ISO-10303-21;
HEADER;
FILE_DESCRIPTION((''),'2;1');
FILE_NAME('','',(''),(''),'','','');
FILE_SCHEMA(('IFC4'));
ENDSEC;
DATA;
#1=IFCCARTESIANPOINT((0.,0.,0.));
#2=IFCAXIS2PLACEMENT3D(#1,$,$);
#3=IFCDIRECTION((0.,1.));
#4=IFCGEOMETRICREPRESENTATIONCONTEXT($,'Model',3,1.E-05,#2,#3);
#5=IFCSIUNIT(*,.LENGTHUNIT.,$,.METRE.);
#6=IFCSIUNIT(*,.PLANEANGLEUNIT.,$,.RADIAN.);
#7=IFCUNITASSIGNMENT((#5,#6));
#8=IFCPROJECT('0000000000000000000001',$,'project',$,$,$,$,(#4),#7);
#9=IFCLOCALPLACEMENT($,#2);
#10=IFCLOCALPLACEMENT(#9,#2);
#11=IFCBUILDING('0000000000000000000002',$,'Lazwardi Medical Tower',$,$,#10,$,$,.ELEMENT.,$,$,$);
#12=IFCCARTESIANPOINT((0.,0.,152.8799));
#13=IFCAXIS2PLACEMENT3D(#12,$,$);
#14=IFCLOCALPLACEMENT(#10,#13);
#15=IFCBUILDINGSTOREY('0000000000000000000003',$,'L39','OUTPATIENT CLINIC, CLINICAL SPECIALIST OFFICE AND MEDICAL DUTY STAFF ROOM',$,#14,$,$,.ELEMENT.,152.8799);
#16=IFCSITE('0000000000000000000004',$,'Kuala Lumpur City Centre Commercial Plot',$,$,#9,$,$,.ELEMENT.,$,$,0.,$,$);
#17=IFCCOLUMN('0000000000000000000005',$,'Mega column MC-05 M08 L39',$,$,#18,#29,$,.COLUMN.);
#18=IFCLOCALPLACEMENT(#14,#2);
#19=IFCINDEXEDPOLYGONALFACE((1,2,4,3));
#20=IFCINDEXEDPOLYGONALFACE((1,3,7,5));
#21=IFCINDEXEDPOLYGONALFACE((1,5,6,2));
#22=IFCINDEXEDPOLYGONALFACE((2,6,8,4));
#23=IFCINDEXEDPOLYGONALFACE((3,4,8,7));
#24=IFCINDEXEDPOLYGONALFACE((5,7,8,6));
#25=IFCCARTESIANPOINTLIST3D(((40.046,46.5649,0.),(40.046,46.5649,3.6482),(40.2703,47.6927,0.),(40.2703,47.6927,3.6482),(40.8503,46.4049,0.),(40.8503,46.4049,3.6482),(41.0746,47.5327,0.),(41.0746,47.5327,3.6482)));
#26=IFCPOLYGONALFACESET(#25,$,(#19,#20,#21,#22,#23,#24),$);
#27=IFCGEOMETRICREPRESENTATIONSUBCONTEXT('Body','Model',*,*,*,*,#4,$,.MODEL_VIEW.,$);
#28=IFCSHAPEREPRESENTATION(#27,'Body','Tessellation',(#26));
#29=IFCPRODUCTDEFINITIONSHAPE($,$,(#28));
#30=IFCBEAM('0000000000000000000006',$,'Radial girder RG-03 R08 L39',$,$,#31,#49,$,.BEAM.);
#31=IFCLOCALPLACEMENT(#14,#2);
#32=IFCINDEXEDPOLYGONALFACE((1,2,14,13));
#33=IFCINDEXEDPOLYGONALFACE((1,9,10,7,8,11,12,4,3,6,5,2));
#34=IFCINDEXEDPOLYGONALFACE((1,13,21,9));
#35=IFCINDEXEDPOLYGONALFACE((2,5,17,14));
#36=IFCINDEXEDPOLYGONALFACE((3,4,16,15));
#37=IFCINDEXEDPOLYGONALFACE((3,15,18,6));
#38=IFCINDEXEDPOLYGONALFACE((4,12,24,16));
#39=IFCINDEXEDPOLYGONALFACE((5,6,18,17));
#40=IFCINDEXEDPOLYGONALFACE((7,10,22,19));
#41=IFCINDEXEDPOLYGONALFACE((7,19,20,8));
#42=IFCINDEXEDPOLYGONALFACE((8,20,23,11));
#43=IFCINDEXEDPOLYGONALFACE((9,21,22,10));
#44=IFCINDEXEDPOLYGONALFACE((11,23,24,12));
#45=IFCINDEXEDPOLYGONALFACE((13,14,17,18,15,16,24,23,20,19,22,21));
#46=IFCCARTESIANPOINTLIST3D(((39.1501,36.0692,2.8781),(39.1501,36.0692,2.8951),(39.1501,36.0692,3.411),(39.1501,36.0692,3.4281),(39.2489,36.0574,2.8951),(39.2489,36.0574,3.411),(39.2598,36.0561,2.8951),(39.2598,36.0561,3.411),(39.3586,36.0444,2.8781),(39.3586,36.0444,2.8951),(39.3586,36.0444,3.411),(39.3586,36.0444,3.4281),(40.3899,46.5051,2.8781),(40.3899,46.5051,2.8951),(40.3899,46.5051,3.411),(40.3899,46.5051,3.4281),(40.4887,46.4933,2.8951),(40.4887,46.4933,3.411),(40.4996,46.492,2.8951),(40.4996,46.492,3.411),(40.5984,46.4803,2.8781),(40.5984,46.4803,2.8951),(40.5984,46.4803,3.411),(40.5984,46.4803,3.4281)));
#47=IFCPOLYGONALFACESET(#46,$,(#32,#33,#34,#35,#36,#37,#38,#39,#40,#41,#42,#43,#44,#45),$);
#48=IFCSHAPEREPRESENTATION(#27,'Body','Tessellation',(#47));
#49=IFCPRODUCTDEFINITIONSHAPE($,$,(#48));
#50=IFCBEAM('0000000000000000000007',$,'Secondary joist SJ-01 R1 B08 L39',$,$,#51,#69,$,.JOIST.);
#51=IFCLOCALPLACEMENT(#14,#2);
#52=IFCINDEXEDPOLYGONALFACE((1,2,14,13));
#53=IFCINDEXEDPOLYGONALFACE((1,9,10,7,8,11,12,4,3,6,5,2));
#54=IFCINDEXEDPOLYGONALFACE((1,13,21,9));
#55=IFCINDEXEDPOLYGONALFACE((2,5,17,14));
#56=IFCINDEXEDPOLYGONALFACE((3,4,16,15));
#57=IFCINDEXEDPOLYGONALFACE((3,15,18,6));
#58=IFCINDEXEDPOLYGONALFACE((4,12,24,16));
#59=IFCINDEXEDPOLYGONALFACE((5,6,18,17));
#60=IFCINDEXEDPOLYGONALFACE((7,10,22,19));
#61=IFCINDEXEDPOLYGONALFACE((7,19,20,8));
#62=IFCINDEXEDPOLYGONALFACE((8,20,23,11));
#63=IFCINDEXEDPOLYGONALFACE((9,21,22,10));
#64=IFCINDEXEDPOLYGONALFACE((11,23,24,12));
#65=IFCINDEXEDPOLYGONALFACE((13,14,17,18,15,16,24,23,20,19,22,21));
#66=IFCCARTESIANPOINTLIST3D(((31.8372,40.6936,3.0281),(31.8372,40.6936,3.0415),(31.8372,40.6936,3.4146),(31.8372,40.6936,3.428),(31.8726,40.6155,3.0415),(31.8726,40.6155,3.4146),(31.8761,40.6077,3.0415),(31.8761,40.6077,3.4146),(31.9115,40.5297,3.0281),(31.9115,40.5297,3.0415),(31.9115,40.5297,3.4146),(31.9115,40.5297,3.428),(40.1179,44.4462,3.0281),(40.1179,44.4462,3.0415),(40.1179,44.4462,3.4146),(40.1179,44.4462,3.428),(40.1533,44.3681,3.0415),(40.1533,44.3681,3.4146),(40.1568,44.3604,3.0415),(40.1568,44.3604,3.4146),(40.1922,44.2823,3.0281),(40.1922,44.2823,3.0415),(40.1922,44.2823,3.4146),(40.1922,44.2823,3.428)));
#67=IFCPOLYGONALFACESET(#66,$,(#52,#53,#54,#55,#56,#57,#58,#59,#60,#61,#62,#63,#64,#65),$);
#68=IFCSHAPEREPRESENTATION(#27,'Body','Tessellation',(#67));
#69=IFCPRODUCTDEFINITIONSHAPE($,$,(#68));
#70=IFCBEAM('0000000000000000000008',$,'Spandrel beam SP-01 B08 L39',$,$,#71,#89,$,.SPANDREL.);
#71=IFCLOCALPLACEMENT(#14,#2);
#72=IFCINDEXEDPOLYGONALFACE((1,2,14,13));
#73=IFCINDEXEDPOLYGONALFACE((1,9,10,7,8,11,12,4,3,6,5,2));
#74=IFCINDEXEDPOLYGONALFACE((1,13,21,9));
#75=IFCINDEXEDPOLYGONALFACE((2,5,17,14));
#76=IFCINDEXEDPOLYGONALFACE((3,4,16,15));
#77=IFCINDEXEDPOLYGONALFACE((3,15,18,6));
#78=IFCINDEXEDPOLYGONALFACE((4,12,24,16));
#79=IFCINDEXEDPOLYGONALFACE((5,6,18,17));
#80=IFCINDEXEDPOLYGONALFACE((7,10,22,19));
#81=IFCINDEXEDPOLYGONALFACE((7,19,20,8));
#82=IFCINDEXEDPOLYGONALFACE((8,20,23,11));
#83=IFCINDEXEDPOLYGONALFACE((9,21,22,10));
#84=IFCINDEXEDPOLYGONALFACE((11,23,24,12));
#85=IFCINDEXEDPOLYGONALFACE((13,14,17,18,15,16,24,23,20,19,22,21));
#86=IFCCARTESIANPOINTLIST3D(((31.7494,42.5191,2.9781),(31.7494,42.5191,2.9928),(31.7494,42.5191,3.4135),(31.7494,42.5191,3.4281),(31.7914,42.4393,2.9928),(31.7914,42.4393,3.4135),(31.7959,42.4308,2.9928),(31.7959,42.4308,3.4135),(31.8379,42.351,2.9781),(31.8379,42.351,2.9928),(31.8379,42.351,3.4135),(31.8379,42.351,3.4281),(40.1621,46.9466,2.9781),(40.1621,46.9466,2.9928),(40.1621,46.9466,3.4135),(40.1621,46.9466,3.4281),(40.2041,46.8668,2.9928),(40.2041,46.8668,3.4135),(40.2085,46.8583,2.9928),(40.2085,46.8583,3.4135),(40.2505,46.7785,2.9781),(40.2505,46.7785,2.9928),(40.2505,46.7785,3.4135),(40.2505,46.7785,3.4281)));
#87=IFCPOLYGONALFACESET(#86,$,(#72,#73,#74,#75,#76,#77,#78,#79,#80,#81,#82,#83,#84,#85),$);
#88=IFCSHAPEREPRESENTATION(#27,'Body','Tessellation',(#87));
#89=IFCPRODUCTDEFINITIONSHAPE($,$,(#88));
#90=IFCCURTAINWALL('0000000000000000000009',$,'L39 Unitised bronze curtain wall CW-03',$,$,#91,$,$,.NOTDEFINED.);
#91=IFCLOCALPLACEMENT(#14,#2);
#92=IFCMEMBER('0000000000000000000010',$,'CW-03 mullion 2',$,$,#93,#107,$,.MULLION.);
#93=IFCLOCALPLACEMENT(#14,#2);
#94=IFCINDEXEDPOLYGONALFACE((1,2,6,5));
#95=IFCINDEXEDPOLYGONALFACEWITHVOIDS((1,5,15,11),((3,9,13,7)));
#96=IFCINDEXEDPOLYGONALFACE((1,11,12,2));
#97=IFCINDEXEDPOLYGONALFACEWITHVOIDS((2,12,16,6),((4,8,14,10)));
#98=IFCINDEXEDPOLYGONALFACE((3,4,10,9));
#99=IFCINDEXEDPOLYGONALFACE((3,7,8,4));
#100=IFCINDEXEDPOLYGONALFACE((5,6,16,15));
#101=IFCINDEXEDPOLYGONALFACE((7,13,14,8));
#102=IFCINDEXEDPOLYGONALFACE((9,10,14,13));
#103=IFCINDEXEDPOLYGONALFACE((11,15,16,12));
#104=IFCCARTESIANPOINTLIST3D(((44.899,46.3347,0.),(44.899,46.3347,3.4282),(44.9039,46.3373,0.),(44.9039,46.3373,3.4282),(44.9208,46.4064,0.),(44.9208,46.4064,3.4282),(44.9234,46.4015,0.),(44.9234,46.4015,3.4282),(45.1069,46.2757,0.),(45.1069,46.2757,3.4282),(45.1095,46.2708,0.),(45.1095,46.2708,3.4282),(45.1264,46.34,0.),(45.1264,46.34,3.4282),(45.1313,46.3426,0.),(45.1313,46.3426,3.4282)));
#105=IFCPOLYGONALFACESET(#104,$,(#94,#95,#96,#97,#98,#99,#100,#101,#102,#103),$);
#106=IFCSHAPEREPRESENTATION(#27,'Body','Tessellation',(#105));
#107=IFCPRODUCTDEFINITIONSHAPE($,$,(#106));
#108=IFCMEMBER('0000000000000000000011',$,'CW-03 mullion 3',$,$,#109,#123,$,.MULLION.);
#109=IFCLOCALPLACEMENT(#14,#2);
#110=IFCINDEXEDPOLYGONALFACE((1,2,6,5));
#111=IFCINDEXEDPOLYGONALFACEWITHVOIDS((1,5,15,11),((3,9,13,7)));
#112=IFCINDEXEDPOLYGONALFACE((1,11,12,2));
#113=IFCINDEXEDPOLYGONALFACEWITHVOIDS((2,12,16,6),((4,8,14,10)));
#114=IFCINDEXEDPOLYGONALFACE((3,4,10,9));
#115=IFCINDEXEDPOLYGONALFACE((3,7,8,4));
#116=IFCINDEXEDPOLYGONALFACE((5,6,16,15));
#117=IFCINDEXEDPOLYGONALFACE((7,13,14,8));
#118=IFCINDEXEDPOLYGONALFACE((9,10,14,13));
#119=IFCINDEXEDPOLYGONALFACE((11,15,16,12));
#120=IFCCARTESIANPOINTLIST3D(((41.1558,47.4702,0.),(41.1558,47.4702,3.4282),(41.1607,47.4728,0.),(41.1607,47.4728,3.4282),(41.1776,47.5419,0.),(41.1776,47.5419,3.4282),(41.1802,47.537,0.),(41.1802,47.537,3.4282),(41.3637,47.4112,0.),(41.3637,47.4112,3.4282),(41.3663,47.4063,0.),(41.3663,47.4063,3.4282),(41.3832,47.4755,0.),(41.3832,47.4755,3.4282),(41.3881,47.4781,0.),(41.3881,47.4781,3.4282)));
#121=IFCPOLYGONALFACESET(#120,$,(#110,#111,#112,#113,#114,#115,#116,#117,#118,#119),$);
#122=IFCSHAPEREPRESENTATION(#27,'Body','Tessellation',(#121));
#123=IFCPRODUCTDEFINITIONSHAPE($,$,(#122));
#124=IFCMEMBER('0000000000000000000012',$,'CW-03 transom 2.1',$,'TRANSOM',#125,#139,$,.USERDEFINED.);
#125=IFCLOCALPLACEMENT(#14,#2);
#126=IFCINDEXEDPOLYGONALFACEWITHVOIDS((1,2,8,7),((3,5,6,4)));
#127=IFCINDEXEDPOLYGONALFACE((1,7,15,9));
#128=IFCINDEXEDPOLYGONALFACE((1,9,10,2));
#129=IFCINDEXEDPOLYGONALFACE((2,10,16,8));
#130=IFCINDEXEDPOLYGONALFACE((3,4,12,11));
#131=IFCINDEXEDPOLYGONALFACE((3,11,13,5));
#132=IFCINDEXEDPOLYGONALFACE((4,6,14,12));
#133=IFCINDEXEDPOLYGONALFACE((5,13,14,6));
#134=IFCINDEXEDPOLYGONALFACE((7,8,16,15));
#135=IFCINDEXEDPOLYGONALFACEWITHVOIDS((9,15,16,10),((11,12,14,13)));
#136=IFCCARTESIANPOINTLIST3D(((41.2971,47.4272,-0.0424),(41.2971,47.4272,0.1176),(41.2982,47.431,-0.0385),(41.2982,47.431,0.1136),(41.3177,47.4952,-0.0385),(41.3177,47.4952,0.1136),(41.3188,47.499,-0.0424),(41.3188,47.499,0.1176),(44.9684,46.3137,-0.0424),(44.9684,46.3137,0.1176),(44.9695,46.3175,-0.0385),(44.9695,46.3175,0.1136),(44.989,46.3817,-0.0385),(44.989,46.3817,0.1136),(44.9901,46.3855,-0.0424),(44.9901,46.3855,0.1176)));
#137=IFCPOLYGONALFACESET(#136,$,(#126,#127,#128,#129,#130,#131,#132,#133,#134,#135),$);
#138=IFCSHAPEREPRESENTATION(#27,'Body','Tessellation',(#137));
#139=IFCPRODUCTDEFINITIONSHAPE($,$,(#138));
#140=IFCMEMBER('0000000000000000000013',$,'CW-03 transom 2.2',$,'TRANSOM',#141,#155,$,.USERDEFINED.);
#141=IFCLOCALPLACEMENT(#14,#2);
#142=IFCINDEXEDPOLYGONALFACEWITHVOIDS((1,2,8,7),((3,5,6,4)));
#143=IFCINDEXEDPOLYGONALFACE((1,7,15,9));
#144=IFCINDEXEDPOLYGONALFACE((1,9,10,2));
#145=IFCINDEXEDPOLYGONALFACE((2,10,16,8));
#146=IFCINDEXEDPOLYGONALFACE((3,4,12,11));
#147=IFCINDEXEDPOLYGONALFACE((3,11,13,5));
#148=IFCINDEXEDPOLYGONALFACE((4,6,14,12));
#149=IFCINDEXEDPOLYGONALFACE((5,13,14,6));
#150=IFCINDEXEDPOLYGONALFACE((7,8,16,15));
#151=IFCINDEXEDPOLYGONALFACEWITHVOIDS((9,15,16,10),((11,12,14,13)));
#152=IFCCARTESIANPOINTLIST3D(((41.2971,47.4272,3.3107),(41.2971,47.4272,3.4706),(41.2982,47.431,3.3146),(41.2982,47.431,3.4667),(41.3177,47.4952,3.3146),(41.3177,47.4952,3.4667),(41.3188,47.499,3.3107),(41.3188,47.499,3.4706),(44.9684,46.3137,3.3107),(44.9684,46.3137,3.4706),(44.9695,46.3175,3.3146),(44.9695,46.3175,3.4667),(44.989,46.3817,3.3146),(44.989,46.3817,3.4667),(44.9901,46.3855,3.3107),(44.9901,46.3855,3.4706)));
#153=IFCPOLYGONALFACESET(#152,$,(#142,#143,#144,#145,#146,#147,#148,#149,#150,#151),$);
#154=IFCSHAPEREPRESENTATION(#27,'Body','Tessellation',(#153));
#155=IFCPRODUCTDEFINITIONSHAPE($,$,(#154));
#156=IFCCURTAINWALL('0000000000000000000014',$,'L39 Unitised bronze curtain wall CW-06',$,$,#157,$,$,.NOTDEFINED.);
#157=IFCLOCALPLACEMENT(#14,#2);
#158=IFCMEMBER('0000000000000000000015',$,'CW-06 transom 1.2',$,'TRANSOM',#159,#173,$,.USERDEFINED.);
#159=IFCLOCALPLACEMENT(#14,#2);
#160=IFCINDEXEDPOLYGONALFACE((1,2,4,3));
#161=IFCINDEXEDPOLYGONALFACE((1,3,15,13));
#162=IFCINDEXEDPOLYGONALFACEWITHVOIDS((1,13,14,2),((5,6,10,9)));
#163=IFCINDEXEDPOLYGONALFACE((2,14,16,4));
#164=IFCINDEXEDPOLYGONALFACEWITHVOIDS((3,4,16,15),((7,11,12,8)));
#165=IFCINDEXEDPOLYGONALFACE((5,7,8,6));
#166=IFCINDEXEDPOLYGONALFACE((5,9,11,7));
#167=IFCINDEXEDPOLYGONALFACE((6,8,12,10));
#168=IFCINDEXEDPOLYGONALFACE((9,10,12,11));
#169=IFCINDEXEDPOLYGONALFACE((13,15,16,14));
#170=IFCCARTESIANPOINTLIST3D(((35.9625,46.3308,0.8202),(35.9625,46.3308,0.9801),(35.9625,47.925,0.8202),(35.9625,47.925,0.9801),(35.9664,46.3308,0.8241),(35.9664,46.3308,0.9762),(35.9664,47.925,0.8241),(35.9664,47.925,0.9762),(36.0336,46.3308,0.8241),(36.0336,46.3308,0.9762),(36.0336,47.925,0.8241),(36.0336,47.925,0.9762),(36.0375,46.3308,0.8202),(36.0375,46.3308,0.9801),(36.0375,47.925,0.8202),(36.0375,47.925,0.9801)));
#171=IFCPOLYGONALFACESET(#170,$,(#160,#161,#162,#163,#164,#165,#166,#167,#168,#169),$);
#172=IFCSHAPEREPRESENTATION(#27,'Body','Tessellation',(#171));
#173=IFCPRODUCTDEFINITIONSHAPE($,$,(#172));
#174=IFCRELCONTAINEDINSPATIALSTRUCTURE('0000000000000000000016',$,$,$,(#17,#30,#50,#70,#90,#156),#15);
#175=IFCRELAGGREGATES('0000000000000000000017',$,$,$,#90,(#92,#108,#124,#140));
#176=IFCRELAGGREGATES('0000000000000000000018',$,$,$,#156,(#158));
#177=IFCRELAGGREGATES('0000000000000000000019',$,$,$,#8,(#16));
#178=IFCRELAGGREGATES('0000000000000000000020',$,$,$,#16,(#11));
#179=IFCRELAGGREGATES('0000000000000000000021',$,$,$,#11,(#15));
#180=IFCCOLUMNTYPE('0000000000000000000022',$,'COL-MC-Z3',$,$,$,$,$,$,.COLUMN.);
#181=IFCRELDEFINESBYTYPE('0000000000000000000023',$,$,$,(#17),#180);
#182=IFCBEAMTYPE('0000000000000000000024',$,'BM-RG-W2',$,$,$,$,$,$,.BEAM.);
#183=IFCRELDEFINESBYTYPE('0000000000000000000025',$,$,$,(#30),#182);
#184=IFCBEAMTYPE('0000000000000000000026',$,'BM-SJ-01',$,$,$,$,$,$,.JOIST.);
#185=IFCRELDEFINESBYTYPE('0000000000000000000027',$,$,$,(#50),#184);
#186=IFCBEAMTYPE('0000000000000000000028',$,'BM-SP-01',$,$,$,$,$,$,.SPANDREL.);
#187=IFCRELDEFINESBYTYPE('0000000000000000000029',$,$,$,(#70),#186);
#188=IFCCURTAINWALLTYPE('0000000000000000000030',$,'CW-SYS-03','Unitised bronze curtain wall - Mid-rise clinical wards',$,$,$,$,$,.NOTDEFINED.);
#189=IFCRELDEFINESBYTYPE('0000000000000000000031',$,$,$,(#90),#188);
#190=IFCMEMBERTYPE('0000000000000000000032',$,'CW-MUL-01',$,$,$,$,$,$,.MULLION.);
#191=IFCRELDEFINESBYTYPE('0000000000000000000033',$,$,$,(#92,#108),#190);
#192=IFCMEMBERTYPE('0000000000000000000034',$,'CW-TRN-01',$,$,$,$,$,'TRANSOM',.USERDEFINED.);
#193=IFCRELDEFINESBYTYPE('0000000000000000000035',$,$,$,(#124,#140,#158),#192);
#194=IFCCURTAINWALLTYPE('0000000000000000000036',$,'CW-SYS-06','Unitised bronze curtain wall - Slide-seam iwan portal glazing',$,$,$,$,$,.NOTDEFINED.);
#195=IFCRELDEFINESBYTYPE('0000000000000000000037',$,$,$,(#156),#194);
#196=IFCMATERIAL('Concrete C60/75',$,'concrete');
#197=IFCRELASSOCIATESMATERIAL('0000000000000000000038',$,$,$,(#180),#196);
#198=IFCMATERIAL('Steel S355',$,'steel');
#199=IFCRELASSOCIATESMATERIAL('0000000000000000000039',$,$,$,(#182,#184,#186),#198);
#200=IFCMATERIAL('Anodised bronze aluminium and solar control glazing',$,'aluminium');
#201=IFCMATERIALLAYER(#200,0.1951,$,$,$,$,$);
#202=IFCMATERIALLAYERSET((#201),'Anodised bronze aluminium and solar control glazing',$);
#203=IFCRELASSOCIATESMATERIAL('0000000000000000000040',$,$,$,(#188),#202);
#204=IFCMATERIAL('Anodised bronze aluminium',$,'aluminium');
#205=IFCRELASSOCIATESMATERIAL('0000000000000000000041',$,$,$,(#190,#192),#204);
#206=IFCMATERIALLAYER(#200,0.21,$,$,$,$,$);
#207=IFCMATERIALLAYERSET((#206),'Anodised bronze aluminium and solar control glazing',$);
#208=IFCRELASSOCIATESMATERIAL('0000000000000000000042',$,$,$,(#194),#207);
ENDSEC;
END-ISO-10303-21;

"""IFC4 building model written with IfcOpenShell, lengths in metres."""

from ifc_helpers import new_model, si_unit, direction, frame, origin, origin_2d, place, context, subcontext, project, spatial, rectangle, hollow_rectangle, i_section, extrude, material, layer, layer_set, material_profile, profile_set, type_object, element, aggregate, save


model = new_model("IFC4")

# Units and contexts
model_context = context("Model", 3, precision=1e-05, world=origin(), true_north=direction((0.0, 1.0)))
body_context = subcontext(model_context, "Body", "Model", "MODEL_VIEW")
ifc_project = project(units=[si_unit("LENGTHUNIT", "METRE"), si_unit("PLANEANGLEUNIT", "RADIAN")], contexts=[model_context])

# Site, building, storey
site_placement = place(None, origin())
site = spatial("IfcSite", under=ifc_project, at=site_placement, Name="Kuala Lumpur City Centre Commercial Plot", CompositionType="ELEMENT", RefElevation=0.0)
building_placement = place(site_placement, origin())
building = spatial("IfcBuilding", under=site, at=building_placement, Name="Lazwardi Medical Tower", CompositionType="ELEMENT")
storey_placement = place(building_placement, frame((0.0, 0.0, 152.8799)))
storey = spatial("IfcBuildingStorey", under=building, at=storey_placement, Name="L39", Description="OUTPATIENT CLINIC, CLINICAL SPECIALIST OFFICE AND MEDICAL DUTY STAFF ROOM", CompositionType="ELEMENT", Elevation=152.8799)

# Column
ifc_material_1 = material(Name="Concrete C60/75", Category="concrete")
ifc_material_profile_1 = material_profile(ifc_material_1, rectangle(XDim=1.1499, YDim=0.8201, at=origin_2d()), Name="CFT-RECT 1150x820")
ifc_profile_set_1 = profile_set([ifc_material_profile_1], Name="Concrete C60/75")
column_type = type_object("IfcColumnType", Name="COL-MC-Z3", PredefinedType="COLUMN", material=ifc_profile_set_1)
column_placement = place(storey_placement, frame((40.5603, 47.0488, 0.0), z_axis=(0.0, 0.0, 1.0), x_axis=(0.19509, 0.980785, 0.0)))
element("IfcColumn", 1, at=column_placement, inside=storey, type_object=column_type, Name="Mega column MC-05 M08 L39", PredefinedType="COLUMN", context=body_context, shape_type="SweptSolid", body=[
    extrude(rectangle(XDim=1.1499, YDim=0.8201, at=origin_2d()), origin(), (0.0, 0.0, 1.0), 3.6482),
])

# Beams
ifc_material_2 = material(Name="Steel S355", Category="steel")
ifc_material_profile_2 = material_profile(ifc_material_2, i_section(OverallWidth=0.21, OverallDepth=0.55, WebThickness=0.011, FlangeThickness=0.0171, at=origin_2d()), Name="IPE 550")
ifc_profile_set_2 = profile_set([ifc_material_profile_2], Name="Steel S355")
beam_type_1 = type_object("IfcBeamType", Name="BM-RG-W2", PredefinedType="BEAM", material=ifc_profile_set_2)
beam_1_placement = place(storey_placement, frame((40.4941, 46.4927, 3.1531), z_axis=(-0.117968, -0.993017, 0.0), x_axis=(0.993017, -0.117968, 0.0)))
element("IfcBeam", 2, at=beam_1_placement, inside=storey, type_object=beam_type_1, Name="Radial girder RG-03 R08 L39", PredefinedType="BEAM", context=body_context, shape_type="SweptSolid", body=[
    extrude(i_section(OverallWidth=0.21, OverallDepth=0.55, WebThickness=0.011, FlangeThickness=0.0171, at=origin_2d()), origin(), (0.0, 0.0, 1.0), 10.5093),
])
ifc_material_profile_3 = material_profile(ifc_material_2, i_section(OverallWidth=0.1799, OverallDepth=0.3999, WebThickness=0.0085, FlangeThickness=0.0134, at=origin_2d()), Name="IPE 400")
ifc_profile_set_3 = profile_set([ifc_material_profile_3], Name="Steel S355")
beam_type_2 = type_object("IfcBeamType", Name="BM-SJ-01", PredefinedType="JOIST", material=ifc_profile_set_3)
beam_2_placement = place(storey_placement, frame((40.155, 44.3643, 3.228), z_axis=(-0.910834, -0.412773, 0.0), x_axis=(0.412773, -0.910834, 0.0)))
element("IfcBeam", 3, at=beam_2_placement, inside=storey, type_object=beam_type_2, Name="Secondary joist SJ-01 R1 B08 L39", PredefinedType="JOIST", context=body_context, shape_type="SweptSolid", body=[
    extrude(i_section(OverallWidth=0.1799, OverallDepth=0.3999, WebThickness=0.0085, FlangeThickness=0.0134, at=origin_2d()), origin(), (0.0, 0.0, 1.0), 9.0913),
])
ifc_material_profile_4 = material_profile(ifc_material_2, i_section(OverallWidth=0.1899, OverallDepth=0.45, WebThickness=0.0095, FlangeThickness=0.0146, at=origin_2d()), Name="IPE 450")
ifc_profile_set_4 = profile_set([ifc_material_profile_4], Name="Steel S355")
beam_type_3 = type_object("IfcBeamType", Name="BM-SP-01", PredefinedType="SPANDREL", material=ifc_profile_set_4)
beam_3_placement = place(storey_placement, frame((40.2063, 46.8625, 3.2031), z_axis=(-0.884927, -0.465731, 0.0), x_axis=(0.465731, -0.884927, 0.0)))
element("IfcBeam", 4, at=beam_3_placement, inside=storey, type_object=beam_type_3, Name="Spandrel beam SP-01 B08 L39", PredefinedType="SPANDREL", context=body_context, shape_type="SweptSolid", body=[
    extrude(i_section(OverallWidth=0.1899, OverallDepth=0.45, WebThickness=0.0095, FlangeThickness=0.0146, at=origin_2d()), origin(), (0.0, 0.0, 1.0), 9.5066),
])

# Curtain walls, members
ifc_material_3 = material(Name="Anodised bronze aluminium and solar control glazing", Category="aluminium")
ifc_layer_1 = layer(ifc_material_3, 0.1951)
ifc_layer_set_1 = layer_set([ifc_layer_1], Name="Anodised bronze aluminium and solar control glazing")
curtain_wall_type_1 = type_object("IfcCurtainWallType", Name="CW-SYS-03", Description="Unitised bronze curtain wall - Mid-rise clinical wards", PredefinedType="NOTDEFINED", material=ifc_layer_set_1)
curtain_wall_1_placement = place(storey_placement, origin())
curtain_wall_1 = element("IfcCurtainWall", 5, at=curtain_wall_1_placement, inside=storey, type_object=curtain_wall_type_1, Name="L39 Unitised bronze curtain wall CW-03", PredefinedType="NOTDEFINED")
ifc_material_4 = material(Name="Anodised bronze aluminium", Category="aluminium")
ifc_material_profile_5 = material_profile(ifc_material_4, hollow_rectangle(XDim=0.075, YDim=0.22, WallThickness=0.0039, at=origin_2d()), Name="ALU-MULLION 220x75x4")
ifc_profile_set_5 = profile_set([ifc_material_profile_5], Name="Anodised bronze aluminium")
member_type_1 = type_object("IfcMemberType", Name="CW-MUL-01", PredefinedType="MULLION", material=ifc_profile_set_5)
member_1_placement = place(storey_placement, frame((45.0151, 46.3386, 0.0), z_axis=(0.0, 0.0, 1.0), x_axis=(-0.290281, -0.956942, 0.0)))
member_1 = element("IfcMember", 6, at=member_1_placement, type_object=member_type_1, Name="CW-03 mullion 2", PredefinedType="MULLION", context=body_context, shape_type="SweptSolid", body=[
    extrude(hollow_rectangle(XDim=0.075, YDim=0.22, WallThickness=0.0039, at=origin_2d()), origin(), (0.0, 0.0, 1.0), 3.4282),
])
member_2_placement = place(storey_placement, frame((41.272, 47.4741, 0.0), z_axis=(0.0, 0.0, 1.0), x_axis=(-0.290281, -0.956942, 0.0)))
member_2 = element("IfcMember", 7, at=member_2_placement, type_object=member_type_1, Name="CW-03 mullion 3", PredefinedType="MULLION", context=body_context, shape_type="SweptSolid", body=[
    extrude(hollow_rectangle(XDim=0.075, YDim=0.22, WallThickness=0.0039, at=origin_2d()), origin(), (0.0, 0.0, 1.0), 3.4282),
])
ifc_material_profile_6 = material_profile(ifc_material_4, hollow_rectangle(XDim=0.075, YDim=0.1599, WallThickness=0.0039, at=origin_2d()), Name="ALU-TRANSOM 160x75x4")
ifc_profile_set_6 = profile_set([ifc_material_profile_6], Name="Anodised bronze aluminium")
member_type_2 = type_object("IfcMemberType", Name="CW-TRN-01", ElementType="TRANSOM", PredefinedType="USERDEFINED", material=ifc_profile_set_6)
member_3_placement = place(storey_placement, frame((44.9792, 46.3496, 0.0376), z_axis=(-0.956953, 0.290242, 0.0), x_axis=(-0.290242, -0.956953, 0.0)))
member_3 = element("IfcMember", 8, at=member_3_placement, type_object=member_type_2, Name="CW-03 transom 2.1", ObjectType="TRANSOM", PredefinedType="USERDEFINED", context=body_context, shape_type="SweptSolid", body=[
    extrude(hollow_rectangle(XDim=0.075, YDim=0.1599, WallThickness=0.0039, at=origin_2d()), origin(), (0.0, 0.0, 1.0), 3.8364),
])
member_4_placement = place(storey_placement, frame((44.9792, 46.3496, 3.3906), z_axis=(-0.956953, 0.290242, 0.0), x_axis=(-0.290242, -0.956953, 0.0)))
member_4 = element("IfcMember", 9, at=member_4_placement, type_object=member_type_2, Name="CW-03 transom 2.2", ObjectType="TRANSOM", PredefinedType="USERDEFINED", context=body_context, shape_type="SweptSolid", body=[
    extrude(hollow_rectangle(XDim=0.075, YDim=0.1599, WallThickness=0.0039, at=origin_2d()), origin(), (0.0, 0.0, 1.0), 3.8364),
])
ifc_layer_2 = layer(ifc_material_3, 0.21)
ifc_layer_set_2 = layer_set([ifc_layer_2], Name="Anodised bronze aluminium and solar control glazing")
curtain_wall_type_2 = type_object("IfcCurtainWallType", Name="CW-SYS-06", Description="Unitised bronze curtain wall - Slide-seam iwan portal glazing", PredefinedType="NOTDEFINED", material=ifc_layer_set_2)
curtain_wall_2_placement = place(storey_placement, origin())
curtain_wall_2 = element("IfcCurtainWall", 10, at=curtain_wall_2_placement, inside=storey, type_object=curtain_wall_type_2, Name="L39 Unitised bronze curtain wall CW-06", PredefinedType="NOTDEFINED")
member_5_placement = place(storey_placement, frame((36.0, 47.925, 0.9001), z_axis=(0.0, -1.0, 0.0), x_axis=(1.0, 0.0, 0.0)))
member_5 = element("IfcMember", 11, at=member_5_placement, type_object=member_type_2, Name="CW-06 transom 1.2", ObjectType="TRANSOM", PredefinedType="USERDEFINED", context=body_context, shape_type="SweptSolid", body=[
    extrude(hollow_rectangle(XDim=0.075, YDim=0.1599, WallThickness=0.0039, at=origin_2d()), origin(), (0.0, 0.0, 1.0), 1.5942),
])

aggregate(curtain_wall_1, [member_1, member_2, member_3, member_4])
aggregate(curtain_wall_2, [member_5])

save(model, "model.ifc")
